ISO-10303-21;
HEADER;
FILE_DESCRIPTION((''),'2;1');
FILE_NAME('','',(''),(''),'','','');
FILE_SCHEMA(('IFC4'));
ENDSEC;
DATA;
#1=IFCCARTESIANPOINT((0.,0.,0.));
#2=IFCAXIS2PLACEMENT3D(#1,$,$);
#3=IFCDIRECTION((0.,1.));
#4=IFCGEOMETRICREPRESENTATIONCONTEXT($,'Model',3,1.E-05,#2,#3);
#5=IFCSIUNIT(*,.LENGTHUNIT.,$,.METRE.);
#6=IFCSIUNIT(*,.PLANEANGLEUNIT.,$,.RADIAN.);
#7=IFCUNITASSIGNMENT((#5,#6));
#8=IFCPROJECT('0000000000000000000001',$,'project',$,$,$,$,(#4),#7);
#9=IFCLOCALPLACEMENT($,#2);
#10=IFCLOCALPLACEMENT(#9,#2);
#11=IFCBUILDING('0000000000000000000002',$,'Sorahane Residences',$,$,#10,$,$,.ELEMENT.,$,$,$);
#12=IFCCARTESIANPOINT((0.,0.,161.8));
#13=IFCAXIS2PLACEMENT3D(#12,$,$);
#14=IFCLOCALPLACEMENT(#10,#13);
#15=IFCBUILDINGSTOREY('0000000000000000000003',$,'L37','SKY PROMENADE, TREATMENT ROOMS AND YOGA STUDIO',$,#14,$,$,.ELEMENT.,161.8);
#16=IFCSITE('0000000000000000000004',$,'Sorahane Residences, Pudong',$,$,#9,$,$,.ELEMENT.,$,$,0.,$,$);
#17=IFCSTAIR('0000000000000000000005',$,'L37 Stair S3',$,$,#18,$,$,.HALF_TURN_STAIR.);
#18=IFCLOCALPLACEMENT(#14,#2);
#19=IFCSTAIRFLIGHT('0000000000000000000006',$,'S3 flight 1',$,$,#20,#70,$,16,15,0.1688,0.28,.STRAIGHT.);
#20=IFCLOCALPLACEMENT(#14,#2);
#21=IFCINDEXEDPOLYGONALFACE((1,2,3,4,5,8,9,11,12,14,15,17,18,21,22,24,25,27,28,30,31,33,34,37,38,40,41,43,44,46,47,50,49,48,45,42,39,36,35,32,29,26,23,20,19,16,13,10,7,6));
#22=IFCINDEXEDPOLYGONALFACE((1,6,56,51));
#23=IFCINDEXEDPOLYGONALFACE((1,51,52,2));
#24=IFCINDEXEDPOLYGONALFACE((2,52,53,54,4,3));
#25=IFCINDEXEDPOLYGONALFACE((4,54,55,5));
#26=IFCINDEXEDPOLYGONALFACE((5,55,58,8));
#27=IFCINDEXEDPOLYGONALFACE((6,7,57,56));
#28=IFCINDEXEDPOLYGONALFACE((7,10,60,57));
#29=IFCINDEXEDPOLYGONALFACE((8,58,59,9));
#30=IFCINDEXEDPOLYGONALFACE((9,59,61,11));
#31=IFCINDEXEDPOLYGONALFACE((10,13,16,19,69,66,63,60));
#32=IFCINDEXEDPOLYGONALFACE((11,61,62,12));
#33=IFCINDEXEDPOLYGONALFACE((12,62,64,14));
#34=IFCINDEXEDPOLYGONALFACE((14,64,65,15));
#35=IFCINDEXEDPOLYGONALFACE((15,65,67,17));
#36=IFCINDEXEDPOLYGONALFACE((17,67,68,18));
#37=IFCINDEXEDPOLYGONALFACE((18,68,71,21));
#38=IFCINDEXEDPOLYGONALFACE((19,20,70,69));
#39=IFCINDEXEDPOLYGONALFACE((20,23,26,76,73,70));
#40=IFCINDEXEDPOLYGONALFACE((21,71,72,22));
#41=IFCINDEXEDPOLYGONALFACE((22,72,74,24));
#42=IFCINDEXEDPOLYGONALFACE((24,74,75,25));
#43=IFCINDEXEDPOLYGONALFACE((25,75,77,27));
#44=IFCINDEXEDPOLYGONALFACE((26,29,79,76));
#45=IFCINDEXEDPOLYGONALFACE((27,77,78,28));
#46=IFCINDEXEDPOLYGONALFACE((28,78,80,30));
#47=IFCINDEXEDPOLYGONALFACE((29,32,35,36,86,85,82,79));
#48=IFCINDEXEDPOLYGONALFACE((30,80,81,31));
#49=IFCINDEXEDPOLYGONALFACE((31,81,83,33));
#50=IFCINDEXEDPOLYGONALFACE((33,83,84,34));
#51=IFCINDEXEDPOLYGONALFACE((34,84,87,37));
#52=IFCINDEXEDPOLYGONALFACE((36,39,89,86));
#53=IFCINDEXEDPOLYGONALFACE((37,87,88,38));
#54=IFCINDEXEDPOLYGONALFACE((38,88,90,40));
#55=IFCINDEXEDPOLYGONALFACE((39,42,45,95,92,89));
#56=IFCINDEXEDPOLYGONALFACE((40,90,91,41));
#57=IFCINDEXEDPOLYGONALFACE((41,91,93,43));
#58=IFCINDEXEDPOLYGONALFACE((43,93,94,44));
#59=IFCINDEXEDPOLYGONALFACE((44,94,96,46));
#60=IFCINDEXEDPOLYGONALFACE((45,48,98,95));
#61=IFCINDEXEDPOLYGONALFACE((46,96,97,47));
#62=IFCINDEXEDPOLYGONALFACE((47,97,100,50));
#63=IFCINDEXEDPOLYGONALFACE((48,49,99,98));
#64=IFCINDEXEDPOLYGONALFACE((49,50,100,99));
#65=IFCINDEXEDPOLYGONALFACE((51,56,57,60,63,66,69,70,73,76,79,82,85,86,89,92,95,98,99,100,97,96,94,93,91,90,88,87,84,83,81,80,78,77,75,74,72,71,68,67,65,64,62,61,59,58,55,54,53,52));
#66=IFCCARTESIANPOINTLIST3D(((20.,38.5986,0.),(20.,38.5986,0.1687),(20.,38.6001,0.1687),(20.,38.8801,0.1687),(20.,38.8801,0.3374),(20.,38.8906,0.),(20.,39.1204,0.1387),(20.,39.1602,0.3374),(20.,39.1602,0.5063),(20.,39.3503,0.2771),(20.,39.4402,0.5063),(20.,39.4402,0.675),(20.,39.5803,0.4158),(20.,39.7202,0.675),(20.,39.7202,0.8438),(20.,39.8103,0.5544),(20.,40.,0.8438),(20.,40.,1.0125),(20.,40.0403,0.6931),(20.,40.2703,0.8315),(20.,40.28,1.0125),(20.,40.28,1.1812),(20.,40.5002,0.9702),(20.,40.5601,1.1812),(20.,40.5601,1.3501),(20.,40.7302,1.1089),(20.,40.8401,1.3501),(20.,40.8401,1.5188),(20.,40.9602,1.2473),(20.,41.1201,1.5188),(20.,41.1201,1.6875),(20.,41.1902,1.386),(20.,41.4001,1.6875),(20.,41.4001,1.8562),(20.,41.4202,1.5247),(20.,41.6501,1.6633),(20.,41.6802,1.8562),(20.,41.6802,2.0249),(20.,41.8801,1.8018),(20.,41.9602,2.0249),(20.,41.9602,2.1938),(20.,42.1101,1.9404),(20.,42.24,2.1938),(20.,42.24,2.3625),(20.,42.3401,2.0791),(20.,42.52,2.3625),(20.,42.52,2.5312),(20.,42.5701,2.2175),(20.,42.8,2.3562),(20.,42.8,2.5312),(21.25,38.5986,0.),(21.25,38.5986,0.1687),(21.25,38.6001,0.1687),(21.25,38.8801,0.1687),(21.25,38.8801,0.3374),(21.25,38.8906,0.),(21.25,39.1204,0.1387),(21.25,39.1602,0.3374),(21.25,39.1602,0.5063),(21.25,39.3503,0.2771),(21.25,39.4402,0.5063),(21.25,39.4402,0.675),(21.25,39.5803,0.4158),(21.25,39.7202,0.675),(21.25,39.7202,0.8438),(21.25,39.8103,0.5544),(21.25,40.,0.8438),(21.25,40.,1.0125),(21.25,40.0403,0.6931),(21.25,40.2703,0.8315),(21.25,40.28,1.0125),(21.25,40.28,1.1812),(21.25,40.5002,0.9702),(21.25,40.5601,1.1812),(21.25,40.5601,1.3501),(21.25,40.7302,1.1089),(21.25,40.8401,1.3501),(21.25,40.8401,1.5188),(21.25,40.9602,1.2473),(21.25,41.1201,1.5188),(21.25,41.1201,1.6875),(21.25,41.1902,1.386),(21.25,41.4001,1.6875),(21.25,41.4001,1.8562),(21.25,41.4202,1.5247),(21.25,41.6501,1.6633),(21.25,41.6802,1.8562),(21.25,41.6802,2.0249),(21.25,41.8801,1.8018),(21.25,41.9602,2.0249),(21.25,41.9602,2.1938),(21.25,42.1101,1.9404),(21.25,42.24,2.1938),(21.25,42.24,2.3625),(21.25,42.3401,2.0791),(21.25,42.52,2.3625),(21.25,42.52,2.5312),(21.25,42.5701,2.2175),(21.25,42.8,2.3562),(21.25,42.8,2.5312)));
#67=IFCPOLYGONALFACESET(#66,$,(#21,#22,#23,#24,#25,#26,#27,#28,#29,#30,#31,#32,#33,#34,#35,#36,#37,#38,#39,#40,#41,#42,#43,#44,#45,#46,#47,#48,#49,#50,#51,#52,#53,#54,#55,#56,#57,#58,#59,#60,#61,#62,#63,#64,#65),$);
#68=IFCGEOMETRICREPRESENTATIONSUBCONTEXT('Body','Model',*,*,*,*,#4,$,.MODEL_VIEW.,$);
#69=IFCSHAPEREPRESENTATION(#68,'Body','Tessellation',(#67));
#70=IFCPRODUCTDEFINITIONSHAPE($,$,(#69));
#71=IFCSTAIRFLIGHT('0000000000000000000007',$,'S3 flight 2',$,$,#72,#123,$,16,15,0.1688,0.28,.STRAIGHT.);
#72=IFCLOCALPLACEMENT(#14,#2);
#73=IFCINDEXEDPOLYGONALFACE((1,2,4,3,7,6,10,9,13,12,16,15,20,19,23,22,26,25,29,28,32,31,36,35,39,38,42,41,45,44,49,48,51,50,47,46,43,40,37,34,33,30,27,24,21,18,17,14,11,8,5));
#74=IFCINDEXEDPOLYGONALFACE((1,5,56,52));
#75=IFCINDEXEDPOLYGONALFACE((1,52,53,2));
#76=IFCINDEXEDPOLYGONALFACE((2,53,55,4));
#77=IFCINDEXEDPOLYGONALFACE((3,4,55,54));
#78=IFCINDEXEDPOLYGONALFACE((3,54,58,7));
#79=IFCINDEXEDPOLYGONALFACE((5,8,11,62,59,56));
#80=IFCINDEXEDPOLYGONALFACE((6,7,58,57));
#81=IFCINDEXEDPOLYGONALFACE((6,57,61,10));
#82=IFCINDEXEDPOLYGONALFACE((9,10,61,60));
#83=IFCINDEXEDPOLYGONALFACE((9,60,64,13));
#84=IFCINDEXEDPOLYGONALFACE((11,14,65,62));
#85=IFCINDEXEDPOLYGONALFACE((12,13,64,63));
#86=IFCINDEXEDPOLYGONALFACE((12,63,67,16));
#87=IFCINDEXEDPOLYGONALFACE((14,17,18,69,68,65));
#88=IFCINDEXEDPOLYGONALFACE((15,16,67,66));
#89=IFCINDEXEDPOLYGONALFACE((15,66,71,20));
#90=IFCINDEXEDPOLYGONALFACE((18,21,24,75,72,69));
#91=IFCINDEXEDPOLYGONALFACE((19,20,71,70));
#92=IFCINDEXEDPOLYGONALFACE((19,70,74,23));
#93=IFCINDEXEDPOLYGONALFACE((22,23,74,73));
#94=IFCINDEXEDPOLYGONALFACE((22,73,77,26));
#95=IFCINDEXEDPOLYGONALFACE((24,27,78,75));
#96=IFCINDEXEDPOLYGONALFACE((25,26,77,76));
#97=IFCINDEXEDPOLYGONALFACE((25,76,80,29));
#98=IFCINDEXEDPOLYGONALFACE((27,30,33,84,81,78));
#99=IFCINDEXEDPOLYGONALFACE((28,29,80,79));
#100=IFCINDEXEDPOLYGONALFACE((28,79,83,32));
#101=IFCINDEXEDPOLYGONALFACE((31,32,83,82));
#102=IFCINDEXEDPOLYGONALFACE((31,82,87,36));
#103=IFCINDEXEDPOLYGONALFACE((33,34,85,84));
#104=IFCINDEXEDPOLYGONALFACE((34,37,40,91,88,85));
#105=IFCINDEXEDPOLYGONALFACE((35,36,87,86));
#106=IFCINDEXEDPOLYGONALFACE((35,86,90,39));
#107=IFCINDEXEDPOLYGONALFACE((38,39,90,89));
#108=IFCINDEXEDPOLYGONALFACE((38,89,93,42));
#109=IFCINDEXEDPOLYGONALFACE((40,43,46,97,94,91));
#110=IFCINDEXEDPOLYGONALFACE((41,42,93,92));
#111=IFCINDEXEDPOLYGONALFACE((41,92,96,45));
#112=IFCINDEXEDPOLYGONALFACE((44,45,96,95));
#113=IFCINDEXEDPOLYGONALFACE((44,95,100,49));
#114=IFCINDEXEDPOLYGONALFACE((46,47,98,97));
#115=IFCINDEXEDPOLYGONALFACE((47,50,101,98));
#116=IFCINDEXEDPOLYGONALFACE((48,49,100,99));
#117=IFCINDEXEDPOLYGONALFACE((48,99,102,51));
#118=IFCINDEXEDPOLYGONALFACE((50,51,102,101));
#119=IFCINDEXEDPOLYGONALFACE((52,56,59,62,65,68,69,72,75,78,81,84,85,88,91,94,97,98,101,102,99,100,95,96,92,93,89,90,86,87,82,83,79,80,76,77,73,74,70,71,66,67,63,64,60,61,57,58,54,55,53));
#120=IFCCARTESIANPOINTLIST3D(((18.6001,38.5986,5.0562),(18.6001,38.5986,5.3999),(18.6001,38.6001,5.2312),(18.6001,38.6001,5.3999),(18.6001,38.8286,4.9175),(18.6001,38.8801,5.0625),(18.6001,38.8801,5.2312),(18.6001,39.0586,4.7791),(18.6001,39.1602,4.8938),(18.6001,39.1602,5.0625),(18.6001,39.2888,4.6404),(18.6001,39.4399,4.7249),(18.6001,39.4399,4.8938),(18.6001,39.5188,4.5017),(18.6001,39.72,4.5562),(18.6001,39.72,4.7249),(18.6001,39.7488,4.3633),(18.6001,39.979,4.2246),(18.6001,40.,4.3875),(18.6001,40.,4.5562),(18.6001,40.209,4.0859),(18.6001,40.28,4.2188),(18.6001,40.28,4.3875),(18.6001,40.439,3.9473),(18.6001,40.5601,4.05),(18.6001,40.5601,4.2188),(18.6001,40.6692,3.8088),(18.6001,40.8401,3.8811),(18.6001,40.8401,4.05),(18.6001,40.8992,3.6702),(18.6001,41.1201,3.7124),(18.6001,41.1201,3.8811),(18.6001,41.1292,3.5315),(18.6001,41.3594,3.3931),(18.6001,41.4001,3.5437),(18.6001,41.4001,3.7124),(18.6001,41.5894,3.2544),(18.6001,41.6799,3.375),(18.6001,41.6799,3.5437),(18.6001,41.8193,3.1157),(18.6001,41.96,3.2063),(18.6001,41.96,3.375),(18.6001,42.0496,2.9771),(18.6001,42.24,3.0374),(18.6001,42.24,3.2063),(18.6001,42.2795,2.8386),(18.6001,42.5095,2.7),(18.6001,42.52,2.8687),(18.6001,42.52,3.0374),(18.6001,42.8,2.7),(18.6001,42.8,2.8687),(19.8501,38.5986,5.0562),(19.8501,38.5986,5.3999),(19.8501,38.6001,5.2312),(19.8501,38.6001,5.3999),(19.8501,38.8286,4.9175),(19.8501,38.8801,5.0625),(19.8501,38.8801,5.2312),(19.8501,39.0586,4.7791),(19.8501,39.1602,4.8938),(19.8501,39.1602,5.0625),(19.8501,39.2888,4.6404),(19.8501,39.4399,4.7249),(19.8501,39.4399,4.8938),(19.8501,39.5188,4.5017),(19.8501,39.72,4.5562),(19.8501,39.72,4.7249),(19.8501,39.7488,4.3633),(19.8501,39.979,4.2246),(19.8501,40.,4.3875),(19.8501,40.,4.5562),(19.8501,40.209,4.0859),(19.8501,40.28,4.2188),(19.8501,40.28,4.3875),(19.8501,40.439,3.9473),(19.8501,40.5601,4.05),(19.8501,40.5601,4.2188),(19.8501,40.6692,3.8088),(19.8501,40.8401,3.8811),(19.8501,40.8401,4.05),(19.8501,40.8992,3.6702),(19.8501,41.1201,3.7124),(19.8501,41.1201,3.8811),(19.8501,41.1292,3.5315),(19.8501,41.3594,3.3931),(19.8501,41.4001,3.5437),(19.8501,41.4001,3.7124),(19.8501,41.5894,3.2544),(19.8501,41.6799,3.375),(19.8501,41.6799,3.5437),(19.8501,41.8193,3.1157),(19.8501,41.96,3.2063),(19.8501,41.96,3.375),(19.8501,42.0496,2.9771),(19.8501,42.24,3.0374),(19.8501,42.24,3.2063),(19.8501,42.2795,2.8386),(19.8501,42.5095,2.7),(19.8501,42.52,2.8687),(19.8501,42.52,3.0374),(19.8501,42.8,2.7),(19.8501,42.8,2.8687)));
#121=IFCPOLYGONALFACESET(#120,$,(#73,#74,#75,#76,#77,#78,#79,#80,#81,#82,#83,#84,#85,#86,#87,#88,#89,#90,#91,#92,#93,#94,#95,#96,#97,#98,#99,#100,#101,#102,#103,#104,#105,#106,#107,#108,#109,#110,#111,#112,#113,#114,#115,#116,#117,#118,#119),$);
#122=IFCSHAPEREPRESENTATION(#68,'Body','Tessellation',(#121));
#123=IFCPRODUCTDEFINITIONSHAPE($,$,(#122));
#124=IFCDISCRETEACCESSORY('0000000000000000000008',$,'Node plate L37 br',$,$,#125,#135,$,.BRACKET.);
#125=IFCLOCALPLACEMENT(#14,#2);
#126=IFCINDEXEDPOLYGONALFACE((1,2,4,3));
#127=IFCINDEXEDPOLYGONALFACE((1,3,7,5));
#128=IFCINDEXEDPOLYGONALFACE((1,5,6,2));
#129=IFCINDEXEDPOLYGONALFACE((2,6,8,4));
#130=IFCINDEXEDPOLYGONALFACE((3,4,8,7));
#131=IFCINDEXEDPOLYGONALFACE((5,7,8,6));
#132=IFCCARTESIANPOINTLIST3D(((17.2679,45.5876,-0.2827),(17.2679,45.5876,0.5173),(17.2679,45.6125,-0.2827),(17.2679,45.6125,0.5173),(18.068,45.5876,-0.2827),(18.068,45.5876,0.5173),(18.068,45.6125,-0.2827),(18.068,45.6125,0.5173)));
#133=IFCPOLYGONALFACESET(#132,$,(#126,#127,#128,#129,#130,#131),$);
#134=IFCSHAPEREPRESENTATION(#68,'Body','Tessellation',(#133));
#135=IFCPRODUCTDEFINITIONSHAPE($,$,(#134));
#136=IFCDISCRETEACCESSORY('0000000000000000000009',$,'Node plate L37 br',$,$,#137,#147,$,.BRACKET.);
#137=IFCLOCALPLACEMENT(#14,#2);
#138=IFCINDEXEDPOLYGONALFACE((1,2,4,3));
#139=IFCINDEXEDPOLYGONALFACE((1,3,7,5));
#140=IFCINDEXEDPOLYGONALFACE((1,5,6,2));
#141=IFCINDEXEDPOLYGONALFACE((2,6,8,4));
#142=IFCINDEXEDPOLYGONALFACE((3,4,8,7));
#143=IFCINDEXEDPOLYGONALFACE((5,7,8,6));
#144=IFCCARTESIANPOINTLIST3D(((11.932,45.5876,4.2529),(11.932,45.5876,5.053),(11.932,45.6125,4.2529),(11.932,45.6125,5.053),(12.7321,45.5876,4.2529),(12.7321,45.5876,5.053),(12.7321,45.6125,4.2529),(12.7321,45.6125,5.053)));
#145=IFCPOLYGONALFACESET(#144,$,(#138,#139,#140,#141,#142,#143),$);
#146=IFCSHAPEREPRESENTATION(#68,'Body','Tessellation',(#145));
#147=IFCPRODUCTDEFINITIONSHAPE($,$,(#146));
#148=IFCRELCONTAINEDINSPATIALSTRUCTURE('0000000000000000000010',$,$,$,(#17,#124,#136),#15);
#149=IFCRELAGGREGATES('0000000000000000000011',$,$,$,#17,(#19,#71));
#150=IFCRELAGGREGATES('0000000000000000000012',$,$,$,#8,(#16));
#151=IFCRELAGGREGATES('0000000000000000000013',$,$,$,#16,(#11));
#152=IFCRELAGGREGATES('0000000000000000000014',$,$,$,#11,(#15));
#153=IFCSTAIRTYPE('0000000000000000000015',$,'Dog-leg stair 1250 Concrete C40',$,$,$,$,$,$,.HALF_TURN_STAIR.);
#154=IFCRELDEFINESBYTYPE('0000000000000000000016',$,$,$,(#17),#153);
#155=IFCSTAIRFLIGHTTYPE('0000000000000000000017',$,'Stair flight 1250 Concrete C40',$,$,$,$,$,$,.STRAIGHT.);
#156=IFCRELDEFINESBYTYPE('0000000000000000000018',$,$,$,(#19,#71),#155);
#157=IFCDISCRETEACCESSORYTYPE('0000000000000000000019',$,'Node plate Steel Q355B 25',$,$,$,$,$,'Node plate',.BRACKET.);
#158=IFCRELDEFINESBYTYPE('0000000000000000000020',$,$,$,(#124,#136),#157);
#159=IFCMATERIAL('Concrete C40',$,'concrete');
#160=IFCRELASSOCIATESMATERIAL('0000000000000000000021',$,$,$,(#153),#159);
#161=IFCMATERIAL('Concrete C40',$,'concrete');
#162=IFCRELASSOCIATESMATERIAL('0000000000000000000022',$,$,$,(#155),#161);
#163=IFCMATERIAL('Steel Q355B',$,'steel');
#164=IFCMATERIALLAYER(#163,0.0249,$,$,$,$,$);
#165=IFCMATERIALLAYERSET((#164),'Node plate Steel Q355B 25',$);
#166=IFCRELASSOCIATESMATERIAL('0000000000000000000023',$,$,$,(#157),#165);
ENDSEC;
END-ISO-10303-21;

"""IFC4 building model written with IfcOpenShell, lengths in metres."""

from ifc_helpers import new_model, si_unit, direction, frame, origin, origin_2d, place, context, subcontext, project, spatial, polyline, rectangle, outline, extrude, material, layer, layer_set, type_object, element, aggregate, save


model = new_model("IFC4")

# Units and contexts
model_context = context("Model", 3, precision=1e-05, world=origin(), true_north=direction((0.0, 1.0)))
body_context = subcontext(model_context, "Body", "Model", "MODEL_VIEW")
ifc_project = project(units=[si_unit("LENGTHUNIT", "METRE"), si_unit("PLANEANGLEUNIT", "RADIAN")], contexts=[model_context])

# Site, building, storey
site_placement = place(None, origin())
site = spatial("IfcSite", under=ifc_project, at=site_placement, Name="Sorahane Residences, Pudong", CompositionType="ELEMENT", RefElevation=0.0)
building_placement = place(site_placement, origin())
building = spatial("IfcBuilding", under=site, at=building_placement, Name="Sorahane Residences", CompositionType="ELEMENT")
storey_placement = place(building_placement, frame((0.0, 0.0, 161.8)))
storey = spatial("IfcBuildingStorey", under=building, at=storey_placement, Name="L37", Description="SKY PROMENADE, TREATMENT ROOMS AND YOGA STUDIO", CompositionType="ELEMENT", Elevation=161.8)

# Shared definitions
ifc_material_1 = material(Name="Concrete C40", Category="concrete")
stair_type = type_object("IfcStairType", Name="Dog-leg stair 1250 Concrete C40", PredefinedType="HALF_TURN_STAIR", material=ifc_material_1)
ifc_material_2 = material(Name="Concrete C40", Category="concrete")
stair_flight_type = type_object("IfcStairFlightType", Name="Stair flight 1250 Concrete C40", PredefinedType="STRAIGHT", material=ifc_material_2)

# Stair, stair flights
stair_1_placement = place(storey_placement, origin())
stair_1 = element("IfcStair", 1, at=stair_1_placement, inside=storey, type_object=stair_type, Name="L37 Stair S3", PredefinedType="HALF_TURN_STAIR")
stair_flight_1_placement = place(storey_placement, frame((20.625, 38.6001, 0.0), z_axis=(0.0, 0.0, 1.0), x_axis=(0.0, 1.0, 0.0)))
stair_flight_1 = element("IfcStairFlight", 2, at=stair_flight_1_placement, type_object=stair_flight_type, Name="S3 flight 1", NumberOfRisers=16, NumberOfTreads=15, PredefinedType="STRAIGHT", RiserHeight=0.1688, TreadLength=0.28, context=body_context, shape_type="SweptSolid", body=[
    extrude(outline(polyline([(-0.0015, 0.0), (-0.0015, 0.1687), (0.0, 0.1687), (0.28, 0.1687), (0.28, 0.3374), (0.5601, 0.3374), (0.5601, 0.5063), (0.8401, 0.5063), (0.8401, 0.675), (1.1201, 0.675), (1.1201, 0.8438), (1.3999, 0.8438), (1.3999, 1.0125), (1.6799, 1.0125), (1.6799, 1.1812), (1.96, 1.1812), (1.96, 1.3501), (2.24, 1.3501), (2.24, 1.5188), (2.52, 1.5188), (2.52, 1.6875), (2.8, 1.6875), (2.8, 1.8562), (3.0801, 1.8562), (3.0801, 2.0249), (3.3601, 2.0249), (3.3601, 2.1938), (3.6399, 2.1938), (3.6399, 2.3625), (3.9199, 2.3625), (3.9199, 2.5312), (4.2, 2.5312), (4.2, 2.7), (4.2, 2.3562), (3.97, 2.2175), (3.74, 2.0791), (3.51, 1.9404), (3.28, 1.8018), (3.05, 1.6633), (2.8201, 1.5247), (2.5901, 1.386), (2.3601, 1.2473), (2.1301, 1.1089), (1.9001, 0.9702), (1.6702, 0.8315), (1.4402, 0.6931), (1.2102, 0.5544), (0.9802, 0.4158), (0.7502, 0.2771), (0.5203, 0.1387), (0.2905, 0.0), (-0.0015, 0.0)])), frame((0.0, 0.625, 0.0), z_axis=(0.0, -1.0, 0.0), x_axis=(1.0, 0.0, 0.0)), (0.0, 0.0, 1.0), 1.25),
])
stair_flight_2_placement = place(storey_placement, frame((19.2251, 42.8, 2.7), z_axis=(0.0, 0.0, 1.0), x_axis=(0.0, -1.0, 0.0)))
stair_flight_2 = element("IfcStairFlight", 3, at=stair_flight_2_placement, type_object=stair_flight_type, Name="S3 flight 2", NumberOfRisers=16, NumberOfTreads=15, PredefinedType="STRAIGHT", RiserHeight=0.1688, TreadLength=0.28, context=body_context, shape_type="SweptSolid", body=[
    extrude(outline(polyline([(0.0, 0.0), (0.0, 0.1687), (0.28, 0.1687), (0.28, 0.3374), (0.5601, 0.3374), (0.5601, 0.5063), (0.8401, 0.5063), (0.8401, 0.675), (1.1201, 0.675), (1.1201, 0.8438), (1.3999, 0.8438), (1.3999, 1.0125), (1.6799, 1.0125), (1.6799, 1.1812), (1.96, 1.1812), (1.96, 1.3501), (2.24, 1.3501), (2.24, 1.5188), (2.52, 1.5188), (2.52, 1.6875), (2.8, 1.6875), (2.8, 1.8562), (3.0801, 1.8562), (3.0801, 2.0249), (3.3601, 2.0249), (3.3601, 2.1938), (3.6399, 2.1938), (3.6399, 2.3625), (3.9199, 2.3625), (3.9199, 2.5312), (4.2, 2.5312), (4.2, 2.7), (4.2014, 2.7), (4.2014, 2.3562), (3.9714, 2.2175), (3.7415, 2.0791), (3.5112, 1.9404), (3.2812, 1.8018), (3.0513, 1.6633), (2.821, 1.5247), (2.5911, 1.386), (2.3611, 1.2473), (2.1309, 1.1089), (1.9009, 0.9702), (1.6709, 0.8315), (1.4407, 0.6931), (1.2107, 0.5544), (0.9807, 0.4158), (0.7505, 0.2771), (0.5205, 0.1387), (0.2905, 0.0), (0.0, 0.0)])), frame((0.0, 0.625, 0.0), z_axis=(0.0, -1.0, 0.0), x_axis=(1.0, 0.0, 0.0)), (0.0, 0.0, 1.0), 1.25),
])
aggregate(stair_1, [stair_flight_1, stair_flight_2])

# Discrete accessories
ifc_material_3 = material(Name="Steel Q355B", Category="steel")
ifc_layer_1 = layer(ifc_material_3, 0.0249)
ifc_layer_set_1 = layer_set([ifc_layer_1], Name="Node plate Steel Q355B 25")
discrete_accessory_type = type_object("IfcDiscreteAccessoryType", Name="Node plate Steel Q355B 25", ElementType="Node plate", PredefinedType="BRACKET", material=ifc_layer_set_1)
for number, where, z_axis, x_axis, name in (
    (4, (17.668, 45.6001, -0.2827), (0.0, 0.0, 1.0), (1.0, 0.0, 0.0), "Node plate L37 br"),
    (5, (12.332, 45.6001, 4.2529), (0.0, 0.0, 1.0), (1.0, 0.0, 0.0), "Node plate L37 br"),
):
    element("IfcDiscreteAccessory", number, at=place(storey_placement, frame(where, z_axis=z_axis, x_axis=x_axis)), inside=storey, type_object=discrete_accessory_type, Name=name, PredefinedType="BRACKET", context=body_context, shape_type="SweptSolid", body=[
        extrude(rectangle(XDim=0.8, YDim=0.0249, at=origin_2d()), origin(), (0.0, 0.0, 1.0), 0.8),
    ])

save(model, "model.ifc")
